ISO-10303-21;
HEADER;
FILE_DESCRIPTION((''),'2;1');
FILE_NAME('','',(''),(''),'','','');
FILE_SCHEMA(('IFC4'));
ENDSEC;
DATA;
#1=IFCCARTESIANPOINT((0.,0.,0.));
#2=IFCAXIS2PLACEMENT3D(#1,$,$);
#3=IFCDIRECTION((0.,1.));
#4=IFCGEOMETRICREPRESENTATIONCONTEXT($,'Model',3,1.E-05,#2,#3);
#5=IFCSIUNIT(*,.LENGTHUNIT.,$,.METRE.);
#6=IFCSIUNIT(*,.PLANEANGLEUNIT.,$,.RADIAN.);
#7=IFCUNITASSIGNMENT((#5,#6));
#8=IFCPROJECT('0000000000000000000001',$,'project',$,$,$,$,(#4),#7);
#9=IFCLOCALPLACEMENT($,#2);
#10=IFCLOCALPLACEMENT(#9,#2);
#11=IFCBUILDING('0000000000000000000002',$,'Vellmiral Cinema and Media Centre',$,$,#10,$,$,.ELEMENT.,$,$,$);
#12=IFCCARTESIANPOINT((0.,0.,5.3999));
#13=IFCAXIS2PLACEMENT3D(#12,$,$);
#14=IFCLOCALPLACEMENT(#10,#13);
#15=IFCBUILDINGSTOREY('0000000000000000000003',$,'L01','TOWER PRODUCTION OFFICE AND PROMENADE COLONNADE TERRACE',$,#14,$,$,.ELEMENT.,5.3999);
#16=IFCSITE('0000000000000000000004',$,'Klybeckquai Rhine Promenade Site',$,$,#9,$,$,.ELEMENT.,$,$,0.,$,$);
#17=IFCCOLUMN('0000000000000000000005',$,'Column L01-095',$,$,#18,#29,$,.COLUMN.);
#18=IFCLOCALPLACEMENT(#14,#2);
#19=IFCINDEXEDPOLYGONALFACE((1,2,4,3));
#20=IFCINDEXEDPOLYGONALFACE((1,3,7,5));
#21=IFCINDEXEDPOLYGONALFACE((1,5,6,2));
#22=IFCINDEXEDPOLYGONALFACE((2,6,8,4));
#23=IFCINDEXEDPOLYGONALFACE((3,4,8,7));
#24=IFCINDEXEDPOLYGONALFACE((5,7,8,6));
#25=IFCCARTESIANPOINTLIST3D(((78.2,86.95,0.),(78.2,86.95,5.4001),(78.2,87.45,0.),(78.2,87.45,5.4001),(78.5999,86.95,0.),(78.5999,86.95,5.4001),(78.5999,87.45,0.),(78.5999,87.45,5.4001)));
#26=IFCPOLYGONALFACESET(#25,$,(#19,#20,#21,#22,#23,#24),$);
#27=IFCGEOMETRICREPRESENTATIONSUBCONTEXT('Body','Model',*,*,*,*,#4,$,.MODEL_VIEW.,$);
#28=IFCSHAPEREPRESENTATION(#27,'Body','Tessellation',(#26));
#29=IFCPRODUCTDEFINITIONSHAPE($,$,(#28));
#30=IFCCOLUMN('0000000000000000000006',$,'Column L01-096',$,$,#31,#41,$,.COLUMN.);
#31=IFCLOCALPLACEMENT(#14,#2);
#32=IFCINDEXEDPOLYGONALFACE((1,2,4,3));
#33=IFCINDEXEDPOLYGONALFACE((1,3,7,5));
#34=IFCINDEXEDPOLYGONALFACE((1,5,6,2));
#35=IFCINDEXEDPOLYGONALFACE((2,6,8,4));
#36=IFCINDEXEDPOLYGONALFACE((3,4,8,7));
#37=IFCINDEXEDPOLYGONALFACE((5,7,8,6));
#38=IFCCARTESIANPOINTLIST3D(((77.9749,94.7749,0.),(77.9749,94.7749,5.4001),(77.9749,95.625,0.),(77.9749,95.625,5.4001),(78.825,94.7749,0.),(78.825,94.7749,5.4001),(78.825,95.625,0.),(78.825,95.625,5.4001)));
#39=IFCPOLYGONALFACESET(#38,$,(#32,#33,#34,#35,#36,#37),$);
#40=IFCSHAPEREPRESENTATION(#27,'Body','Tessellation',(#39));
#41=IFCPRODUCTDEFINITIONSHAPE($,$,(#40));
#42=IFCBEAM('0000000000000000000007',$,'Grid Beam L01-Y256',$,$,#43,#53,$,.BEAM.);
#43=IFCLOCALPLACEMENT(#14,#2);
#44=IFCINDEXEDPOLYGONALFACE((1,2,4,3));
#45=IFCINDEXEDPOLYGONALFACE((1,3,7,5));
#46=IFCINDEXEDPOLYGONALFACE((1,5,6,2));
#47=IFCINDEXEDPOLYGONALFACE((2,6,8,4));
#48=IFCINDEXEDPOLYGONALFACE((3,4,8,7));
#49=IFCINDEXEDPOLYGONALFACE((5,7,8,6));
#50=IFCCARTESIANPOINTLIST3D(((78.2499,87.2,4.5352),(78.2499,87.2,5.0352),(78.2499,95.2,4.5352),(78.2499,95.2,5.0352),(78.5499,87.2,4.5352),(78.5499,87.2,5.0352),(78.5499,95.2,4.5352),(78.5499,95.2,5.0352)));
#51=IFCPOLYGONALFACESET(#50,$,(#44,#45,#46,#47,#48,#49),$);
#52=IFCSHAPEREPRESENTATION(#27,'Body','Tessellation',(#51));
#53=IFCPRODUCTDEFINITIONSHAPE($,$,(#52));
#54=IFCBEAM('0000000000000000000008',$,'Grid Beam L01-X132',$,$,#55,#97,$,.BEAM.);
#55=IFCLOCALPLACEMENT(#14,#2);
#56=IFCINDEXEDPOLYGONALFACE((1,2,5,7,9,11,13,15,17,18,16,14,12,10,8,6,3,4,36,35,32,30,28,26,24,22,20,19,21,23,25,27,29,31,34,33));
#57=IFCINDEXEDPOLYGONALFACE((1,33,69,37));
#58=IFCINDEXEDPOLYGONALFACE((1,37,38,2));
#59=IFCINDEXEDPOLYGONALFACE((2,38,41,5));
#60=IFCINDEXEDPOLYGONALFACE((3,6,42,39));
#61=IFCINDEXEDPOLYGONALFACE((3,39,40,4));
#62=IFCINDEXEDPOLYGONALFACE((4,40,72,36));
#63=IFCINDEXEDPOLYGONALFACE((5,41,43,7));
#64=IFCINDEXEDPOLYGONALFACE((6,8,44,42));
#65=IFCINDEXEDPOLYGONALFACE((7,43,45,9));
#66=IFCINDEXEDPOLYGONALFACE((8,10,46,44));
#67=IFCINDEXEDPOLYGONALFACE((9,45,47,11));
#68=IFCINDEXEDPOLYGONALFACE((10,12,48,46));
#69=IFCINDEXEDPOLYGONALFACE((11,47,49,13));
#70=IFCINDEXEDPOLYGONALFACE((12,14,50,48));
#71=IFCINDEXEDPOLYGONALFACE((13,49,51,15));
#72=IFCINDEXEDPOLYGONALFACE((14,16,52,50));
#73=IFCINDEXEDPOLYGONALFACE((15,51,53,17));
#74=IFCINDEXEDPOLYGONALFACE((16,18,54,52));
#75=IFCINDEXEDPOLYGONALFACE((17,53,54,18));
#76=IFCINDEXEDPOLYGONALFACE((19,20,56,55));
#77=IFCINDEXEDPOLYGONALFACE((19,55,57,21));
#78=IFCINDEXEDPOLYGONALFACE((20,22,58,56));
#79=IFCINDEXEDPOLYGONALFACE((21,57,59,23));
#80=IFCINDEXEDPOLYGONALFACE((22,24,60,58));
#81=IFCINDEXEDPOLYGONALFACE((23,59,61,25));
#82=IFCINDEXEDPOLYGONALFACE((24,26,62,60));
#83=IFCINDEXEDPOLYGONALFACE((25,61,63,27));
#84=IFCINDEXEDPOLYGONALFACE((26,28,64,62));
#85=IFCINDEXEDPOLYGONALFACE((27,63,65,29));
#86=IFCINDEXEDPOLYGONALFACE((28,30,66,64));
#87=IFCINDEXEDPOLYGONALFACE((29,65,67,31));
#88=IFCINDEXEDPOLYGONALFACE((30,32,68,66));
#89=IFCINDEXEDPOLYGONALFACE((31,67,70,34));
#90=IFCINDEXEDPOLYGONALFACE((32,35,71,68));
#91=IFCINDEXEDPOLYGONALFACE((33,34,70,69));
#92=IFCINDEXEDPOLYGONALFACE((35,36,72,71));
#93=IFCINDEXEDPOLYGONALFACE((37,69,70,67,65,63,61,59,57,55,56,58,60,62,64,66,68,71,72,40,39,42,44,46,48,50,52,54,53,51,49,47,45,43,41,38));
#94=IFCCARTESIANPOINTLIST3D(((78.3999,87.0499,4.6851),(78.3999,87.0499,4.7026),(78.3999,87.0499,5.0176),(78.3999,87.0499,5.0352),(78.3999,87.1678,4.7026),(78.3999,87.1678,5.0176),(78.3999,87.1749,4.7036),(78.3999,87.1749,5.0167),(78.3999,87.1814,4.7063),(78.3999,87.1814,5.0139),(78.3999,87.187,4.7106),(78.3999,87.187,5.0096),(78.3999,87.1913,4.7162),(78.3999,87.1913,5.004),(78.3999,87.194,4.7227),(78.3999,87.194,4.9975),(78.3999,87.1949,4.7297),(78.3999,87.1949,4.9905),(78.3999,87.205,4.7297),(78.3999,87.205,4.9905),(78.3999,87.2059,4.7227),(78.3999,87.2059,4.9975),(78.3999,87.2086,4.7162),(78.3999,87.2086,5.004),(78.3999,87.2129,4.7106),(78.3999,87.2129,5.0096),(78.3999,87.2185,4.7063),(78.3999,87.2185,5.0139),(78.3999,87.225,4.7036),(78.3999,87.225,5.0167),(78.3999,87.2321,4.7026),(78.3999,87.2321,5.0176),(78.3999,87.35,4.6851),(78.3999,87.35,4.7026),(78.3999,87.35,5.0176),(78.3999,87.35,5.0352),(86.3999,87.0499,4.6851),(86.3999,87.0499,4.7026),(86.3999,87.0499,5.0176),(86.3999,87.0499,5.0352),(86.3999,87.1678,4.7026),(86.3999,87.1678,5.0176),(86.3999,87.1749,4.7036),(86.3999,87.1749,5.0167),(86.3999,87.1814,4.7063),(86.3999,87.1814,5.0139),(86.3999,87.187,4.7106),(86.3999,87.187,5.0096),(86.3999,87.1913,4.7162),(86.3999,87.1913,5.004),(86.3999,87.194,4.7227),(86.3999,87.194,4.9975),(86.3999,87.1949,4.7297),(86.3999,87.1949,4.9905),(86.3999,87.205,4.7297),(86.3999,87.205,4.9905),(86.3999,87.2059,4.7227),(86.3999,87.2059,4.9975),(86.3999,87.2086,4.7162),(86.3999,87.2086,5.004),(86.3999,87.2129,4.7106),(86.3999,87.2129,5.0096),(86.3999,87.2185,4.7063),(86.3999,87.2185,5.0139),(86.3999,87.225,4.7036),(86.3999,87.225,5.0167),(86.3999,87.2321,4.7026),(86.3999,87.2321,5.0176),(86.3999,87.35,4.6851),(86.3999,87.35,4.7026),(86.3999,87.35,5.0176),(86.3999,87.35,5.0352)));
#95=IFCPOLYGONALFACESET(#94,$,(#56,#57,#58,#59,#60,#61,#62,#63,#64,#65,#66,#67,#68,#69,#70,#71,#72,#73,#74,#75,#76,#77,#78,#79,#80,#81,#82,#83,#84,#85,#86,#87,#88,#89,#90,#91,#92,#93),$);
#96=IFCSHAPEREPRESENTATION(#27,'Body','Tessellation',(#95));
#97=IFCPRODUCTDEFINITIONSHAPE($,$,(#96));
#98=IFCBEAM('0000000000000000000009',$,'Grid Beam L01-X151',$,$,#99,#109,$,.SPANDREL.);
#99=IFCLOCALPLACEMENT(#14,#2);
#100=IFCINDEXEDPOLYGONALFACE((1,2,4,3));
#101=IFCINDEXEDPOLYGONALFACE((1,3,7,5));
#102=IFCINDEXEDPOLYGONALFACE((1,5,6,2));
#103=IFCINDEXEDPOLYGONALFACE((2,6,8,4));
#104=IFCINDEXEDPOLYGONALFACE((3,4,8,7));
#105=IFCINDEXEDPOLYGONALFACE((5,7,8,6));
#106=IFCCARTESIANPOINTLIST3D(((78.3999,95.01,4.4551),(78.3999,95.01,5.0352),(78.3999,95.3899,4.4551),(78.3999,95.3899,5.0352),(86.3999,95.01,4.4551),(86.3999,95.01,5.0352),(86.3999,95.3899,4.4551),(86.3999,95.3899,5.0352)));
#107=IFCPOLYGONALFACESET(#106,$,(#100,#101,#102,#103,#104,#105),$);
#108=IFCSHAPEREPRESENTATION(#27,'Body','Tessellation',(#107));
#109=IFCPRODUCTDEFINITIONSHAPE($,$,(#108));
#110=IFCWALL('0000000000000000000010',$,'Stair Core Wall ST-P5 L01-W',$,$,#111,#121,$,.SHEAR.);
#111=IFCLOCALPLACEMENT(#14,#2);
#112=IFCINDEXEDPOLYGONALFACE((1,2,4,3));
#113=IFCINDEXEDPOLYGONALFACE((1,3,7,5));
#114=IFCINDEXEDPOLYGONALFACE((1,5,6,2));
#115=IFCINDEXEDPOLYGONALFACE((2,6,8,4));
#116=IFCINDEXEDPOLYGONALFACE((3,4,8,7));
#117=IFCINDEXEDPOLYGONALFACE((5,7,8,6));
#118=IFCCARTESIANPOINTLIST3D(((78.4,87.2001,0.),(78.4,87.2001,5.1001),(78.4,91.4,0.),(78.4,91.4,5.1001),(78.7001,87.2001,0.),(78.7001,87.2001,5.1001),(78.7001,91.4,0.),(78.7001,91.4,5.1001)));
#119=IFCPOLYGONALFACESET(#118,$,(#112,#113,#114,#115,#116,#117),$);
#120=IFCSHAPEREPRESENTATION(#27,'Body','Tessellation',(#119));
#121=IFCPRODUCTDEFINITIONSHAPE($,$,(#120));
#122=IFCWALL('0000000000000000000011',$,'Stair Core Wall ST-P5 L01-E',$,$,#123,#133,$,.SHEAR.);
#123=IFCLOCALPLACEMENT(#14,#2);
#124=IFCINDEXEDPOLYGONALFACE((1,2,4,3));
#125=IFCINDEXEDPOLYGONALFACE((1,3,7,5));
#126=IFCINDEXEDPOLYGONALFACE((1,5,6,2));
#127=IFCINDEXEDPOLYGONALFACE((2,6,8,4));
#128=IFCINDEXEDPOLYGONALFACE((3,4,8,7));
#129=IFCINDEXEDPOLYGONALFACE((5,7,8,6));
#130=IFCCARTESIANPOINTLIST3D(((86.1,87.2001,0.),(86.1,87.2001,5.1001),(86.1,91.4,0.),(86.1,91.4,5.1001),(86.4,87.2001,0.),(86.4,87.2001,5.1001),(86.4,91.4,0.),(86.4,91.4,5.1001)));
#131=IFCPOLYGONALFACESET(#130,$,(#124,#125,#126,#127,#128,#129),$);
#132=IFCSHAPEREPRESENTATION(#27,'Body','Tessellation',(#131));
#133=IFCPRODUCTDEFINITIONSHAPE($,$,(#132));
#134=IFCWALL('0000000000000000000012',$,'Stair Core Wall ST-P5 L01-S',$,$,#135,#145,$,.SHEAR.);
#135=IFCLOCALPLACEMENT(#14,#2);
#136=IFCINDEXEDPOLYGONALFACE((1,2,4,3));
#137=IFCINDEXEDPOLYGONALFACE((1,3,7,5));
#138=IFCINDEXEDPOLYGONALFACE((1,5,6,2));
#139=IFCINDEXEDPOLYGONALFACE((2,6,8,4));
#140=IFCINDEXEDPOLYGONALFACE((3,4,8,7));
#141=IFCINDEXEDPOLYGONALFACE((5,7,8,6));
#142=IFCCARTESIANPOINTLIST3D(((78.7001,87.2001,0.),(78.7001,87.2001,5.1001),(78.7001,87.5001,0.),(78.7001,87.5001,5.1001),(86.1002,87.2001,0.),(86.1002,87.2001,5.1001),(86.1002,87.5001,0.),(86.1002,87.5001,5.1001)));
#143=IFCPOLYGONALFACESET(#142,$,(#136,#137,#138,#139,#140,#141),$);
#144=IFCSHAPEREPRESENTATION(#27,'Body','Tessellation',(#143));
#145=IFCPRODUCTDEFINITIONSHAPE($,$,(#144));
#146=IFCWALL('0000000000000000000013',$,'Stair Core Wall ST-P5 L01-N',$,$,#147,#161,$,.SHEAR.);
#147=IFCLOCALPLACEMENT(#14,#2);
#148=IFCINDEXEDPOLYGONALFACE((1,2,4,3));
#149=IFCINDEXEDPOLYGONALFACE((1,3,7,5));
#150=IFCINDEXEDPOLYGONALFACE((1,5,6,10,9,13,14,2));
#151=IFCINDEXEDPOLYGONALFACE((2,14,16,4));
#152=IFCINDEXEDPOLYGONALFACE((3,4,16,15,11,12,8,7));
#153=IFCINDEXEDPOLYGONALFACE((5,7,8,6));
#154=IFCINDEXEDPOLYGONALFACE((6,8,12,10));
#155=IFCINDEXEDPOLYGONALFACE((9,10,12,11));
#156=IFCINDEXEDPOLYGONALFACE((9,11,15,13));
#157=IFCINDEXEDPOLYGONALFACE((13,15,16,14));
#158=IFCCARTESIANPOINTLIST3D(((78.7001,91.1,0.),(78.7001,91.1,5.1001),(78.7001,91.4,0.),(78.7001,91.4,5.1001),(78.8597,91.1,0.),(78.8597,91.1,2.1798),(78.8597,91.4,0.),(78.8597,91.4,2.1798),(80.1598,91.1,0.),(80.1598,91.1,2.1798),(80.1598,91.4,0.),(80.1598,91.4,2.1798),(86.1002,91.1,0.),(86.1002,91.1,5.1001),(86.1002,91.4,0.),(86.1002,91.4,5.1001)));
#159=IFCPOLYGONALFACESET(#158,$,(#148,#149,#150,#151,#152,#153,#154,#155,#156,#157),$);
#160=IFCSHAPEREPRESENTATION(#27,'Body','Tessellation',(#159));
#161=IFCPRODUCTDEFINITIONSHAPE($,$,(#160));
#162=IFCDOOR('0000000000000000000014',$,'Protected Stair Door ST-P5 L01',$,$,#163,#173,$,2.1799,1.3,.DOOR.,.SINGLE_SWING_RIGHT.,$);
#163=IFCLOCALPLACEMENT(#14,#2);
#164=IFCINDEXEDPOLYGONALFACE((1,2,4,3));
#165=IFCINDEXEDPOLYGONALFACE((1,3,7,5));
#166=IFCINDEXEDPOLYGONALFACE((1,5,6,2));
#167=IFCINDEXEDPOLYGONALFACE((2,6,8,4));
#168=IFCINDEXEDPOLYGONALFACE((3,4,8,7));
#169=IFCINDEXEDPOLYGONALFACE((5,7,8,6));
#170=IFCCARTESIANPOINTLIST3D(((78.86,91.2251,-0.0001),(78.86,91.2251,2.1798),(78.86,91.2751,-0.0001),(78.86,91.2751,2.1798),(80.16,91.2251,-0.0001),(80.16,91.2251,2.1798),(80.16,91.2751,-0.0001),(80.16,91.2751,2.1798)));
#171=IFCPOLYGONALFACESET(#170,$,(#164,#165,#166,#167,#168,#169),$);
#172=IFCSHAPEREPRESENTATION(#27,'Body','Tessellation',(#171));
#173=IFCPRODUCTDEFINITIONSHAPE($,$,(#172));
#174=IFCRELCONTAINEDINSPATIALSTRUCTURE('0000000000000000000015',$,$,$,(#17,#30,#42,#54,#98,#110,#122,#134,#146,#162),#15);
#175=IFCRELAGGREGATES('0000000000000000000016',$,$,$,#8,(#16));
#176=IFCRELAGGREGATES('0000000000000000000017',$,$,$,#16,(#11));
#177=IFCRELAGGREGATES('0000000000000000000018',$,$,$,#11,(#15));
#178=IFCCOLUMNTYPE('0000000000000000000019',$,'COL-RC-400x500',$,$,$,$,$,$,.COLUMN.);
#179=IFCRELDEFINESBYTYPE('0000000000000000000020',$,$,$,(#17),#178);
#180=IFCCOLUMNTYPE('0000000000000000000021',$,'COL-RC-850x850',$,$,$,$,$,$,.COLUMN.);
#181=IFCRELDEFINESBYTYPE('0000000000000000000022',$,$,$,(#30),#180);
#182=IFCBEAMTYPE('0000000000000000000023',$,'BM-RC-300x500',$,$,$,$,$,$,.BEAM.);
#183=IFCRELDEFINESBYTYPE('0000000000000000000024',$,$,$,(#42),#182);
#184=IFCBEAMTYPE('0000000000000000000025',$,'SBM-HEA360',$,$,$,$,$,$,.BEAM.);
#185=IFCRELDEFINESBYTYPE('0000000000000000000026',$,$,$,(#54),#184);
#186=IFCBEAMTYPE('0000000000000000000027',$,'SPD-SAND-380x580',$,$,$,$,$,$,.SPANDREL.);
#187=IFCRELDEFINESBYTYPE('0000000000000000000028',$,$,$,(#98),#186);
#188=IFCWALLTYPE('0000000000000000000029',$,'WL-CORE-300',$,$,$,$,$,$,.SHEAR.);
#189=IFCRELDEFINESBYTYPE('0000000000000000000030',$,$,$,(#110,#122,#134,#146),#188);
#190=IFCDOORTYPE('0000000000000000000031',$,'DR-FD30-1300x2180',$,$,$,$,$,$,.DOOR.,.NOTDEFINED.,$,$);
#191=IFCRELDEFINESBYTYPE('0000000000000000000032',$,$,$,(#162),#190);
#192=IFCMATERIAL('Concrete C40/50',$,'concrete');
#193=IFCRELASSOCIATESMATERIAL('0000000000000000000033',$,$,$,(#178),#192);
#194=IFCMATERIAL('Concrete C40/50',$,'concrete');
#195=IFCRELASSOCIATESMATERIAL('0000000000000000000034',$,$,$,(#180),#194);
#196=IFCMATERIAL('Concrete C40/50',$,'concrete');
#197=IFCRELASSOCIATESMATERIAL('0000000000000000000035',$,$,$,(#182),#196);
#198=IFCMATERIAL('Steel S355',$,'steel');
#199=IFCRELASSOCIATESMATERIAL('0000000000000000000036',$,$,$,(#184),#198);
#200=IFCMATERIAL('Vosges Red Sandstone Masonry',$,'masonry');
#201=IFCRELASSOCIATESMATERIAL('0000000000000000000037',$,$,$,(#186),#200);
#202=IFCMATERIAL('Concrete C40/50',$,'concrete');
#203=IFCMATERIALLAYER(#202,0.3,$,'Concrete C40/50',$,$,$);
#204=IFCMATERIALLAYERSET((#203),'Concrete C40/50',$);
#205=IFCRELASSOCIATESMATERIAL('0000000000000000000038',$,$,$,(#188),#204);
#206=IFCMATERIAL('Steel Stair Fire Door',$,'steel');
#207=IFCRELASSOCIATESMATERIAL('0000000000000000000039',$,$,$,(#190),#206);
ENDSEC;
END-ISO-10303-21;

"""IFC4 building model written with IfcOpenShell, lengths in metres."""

from ifc_helpers import new_model, si_unit, direction, frame, frame_2d, origin, origin_2d, place, context, subcontext, project, spatial, rectangle, i_section, extrude, material, layer, layer_set, material_profile, profile_set, type_object, element, fill, save


model = new_model("IFC4")

# Units and contexts
model_context = context("Model", 3, precision=1e-05, world=origin(), true_north=direction((0.0, 1.0)))
body_context = subcontext(model_context, "Body", "Model", "MODEL_VIEW")
ifc_project = project(units=[si_unit("LENGTHUNIT", "METRE"), si_unit("PLANEANGLEUNIT", "RADIAN")], contexts=[model_context])

# Site, building, storey
site_placement = place(None, origin())
site = spatial("IfcSite", under=ifc_project, at=site_placement, Name="Klybeckquai Rhine Promenade Site", CompositionType="ELEMENT", RefElevation=0.0)
building_placement = place(site_placement, origin())
building = spatial("IfcBuilding", under=site, at=building_placement, Name="Vellmiral Cinema and Media Centre", CompositionType="ELEMENT")
storey_placement = place(building_placement, frame((0.0, 0.0, 5.3999)))
storey = spatial("IfcBuildingStorey", under=building, at=storey_placement, Name="L01", Description="TOWER PRODUCTION OFFICE AND PROMENADE COLONNADE TERRACE", CompositionType="ELEMENT", Elevation=5.3999)

# Columns
ifc_material_1 = material(Name="Concrete C40/50", Category="concrete")
ifc_material_profile_1 = material_profile(ifc_material_1, rectangle(XDim=0.3999, YDim=0.5, at=origin_2d()), Name="RC 400x500")
ifc_profile_set_1 = profile_set([ifc_material_profile_1], Name="Concrete C40/50")
column_type_1 = type_object("IfcColumnType", Name="COL-RC-400x500", PredefinedType="COLUMN", material=ifc_profile_set_1)
column_1_placement = place(storey_placement, frame((78.3999, 87.2, 0.0), z_axis=(0.0, 0.0, 1.0), x_axis=(1.0, 0.0, 0.0)))
element("IfcColumn", 1, at=column_1_placement, inside=storey, type_object=column_type_1, Name="Column L01-095", PredefinedType="COLUMN", context=body_context, shape_type="SweptSolid", body=[
    extrude(rectangle(XDim=0.3999, YDim=0.5, at=origin_2d()), origin(), (0.0, 0.0, 1.0), 5.4001),
])
ifc_material_2 = material(Name="Concrete C40/50", Category="concrete")
ifc_material_profile_2 = material_profile(ifc_material_2, rectangle(XDim=0.8501, YDim=0.8501, at=origin_2d()), Name="RC 850x850")
ifc_profile_set_2 = profile_set([ifc_material_profile_2], Name="Concrete C40/50")
column_type_2 = type_object("IfcColumnType", Name="COL-RC-850x850", PredefinedType="COLUMN", material=ifc_profile_set_2)
column_2_placement = place(storey_placement, frame((78.3999, 95.2, 0.0), z_axis=(0.0, 0.0, 1.0), x_axis=(1.0, 0.0, 0.0)))
element("IfcColumn", 2, at=column_2_placement, inside=storey, type_object=column_type_2, Name="Column L01-096", PredefinedType="COLUMN", context=body_context, shape_type="SweptSolid", body=[
    extrude(rectangle(XDim=0.8501, YDim=0.8501, at=origin_2d()), origin(), (0.0, 0.0, 1.0), 5.4001),
])

# Beams
ifc_material_3 = material(Name="Concrete C40/50", Category="concrete")
ifc_material_profile_3 = material_profile(ifc_material_3, rectangle(XDim=0.3, YDim=0.5, at=origin_2d()), Name="RC 300x500")
ifc_profile_set_3 = profile_set([ifc_material_profile_3], Name="Concrete C40/50")
beam_type_1 = type_object("IfcBeamType", Name="BM-RC-300x500", PredefinedType="BEAM", material=ifc_profile_set_3)
beam_1_placement = place(storey_placement, frame((78.3999, 87.2, 4.7852), z_axis=(0.0, 1.0, 0.0), x_axis=(-1.0, 0.0, 0.0)))
element("IfcBeam", 3, at=beam_1_placement, inside=storey, type_object=beam_type_1, Name="Grid Beam L01-Y256", PredefinedType="BEAM", context=body_context, shape_type="SweptSolid", body=[
    extrude(rectangle(XDim=0.3, YDim=0.5, at=origin_2d()), origin(), (0.0, 0.0, 1.0), 8.0),
])
ifc_material_4 = material(Name="Steel S355", Category="steel")
ifc_material_profile_4 = material_profile(ifc_material_4, i_section(OverallWidth=0.3, OverallDepth=0.3501, WebThickness=0.01, FlangeThickness=0.0176, FilletRadius=0.0271, at=origin_2d()), Name="HEA 360")
ifc_profile_set_4 = profile_set([ifc_material_profile_4], Name="Steel S355")
beam_type_2 = type_object("IfcBeamType", Name="SBM-HEA360", PredefinedType="BEAM", material=ifc_profile_set_4)
beam_2_placement = place(storey_placement, frame((78.3999, 87.2, 4.8601), z_axis=(1.0, 0.0, 0.0), x_axis=(0.0, 1.0, 0.0)))
element("IfcBeam", 4, at=beam_2_placement, inside=storey, type_object=beam_type_2, Name="Grid Beam L01-X132", PredefinedType="BEAM", context=body_context, shape_type="SweptSolid", body=[
    extrude(i_section(OverallWidth=0.3, OverallDepth=0.3501, WebThickness=0.01, FlangeThickness=0.0176, FilletRadius=0.0271, at=origin_2d()), origin(), (0.0, 0.0, 1.0), 8.0),
])
ifc_material_5 = material(Name="Vosges Red Sandstone Masonry", Category="masonry")
ifc_material_profile_5 = material_profile(ifc_material_5, rectangle(XDim=0.3799, YDim=0.5801, at=origin_2d()), Name="SAND 380x580")
ifc_profile_set_5 = profile_set([ifc_material_profile_5], Name="Vosges Red Sandstone Masonry")
beam_type_3 = type_object("IfcBeamType", Name="SPD-SAND-380x580", PredefinedType="SPANDREL", material=ifc_profile_set_5)
beam_3_placement = place(storey_placement, frame((78.3999, 95.2, 4.7451), z_axis=(1.0, 0.0, 0.0), x_axis=(0.0, 1.0, 0.0)))
element("IfcBeam", 5, at=beam_3_placement, inside=storey, type_object=beam_type_3, Name="Grid Beam L01-X151", PredefinedType="SPANDREL", context=body_context, shape_type="SweptSolid", body=[
    extrude(rectangle(XDim=0.3799, YDim=0.5801, at=origin_2d()), origin(), (0.0, 0.0, 1.0), 8.0),
])

# Walls
ifc_material_6 = material(Name="Concrete C40/50", Category="concrete")
ifc_layer_1 = layer(ifc_material_6, 0.3, Name="Concrete C40/50")
ifc_layer_set_1 = layer_set([ifc_layer_1], Name="Concrete C40/50")
wall_type_1 = type_object("IfcWallType", Name="WL-CORE-300", PredefinedType="SHEAR", material=ifc_layer_set_1)
for number, where, z_axis, x_axis, name in (
    (6, (78.55, 87.2, 0.0), (0.0, 0.0, 1.0), (0.0, 1.0, 0.0), "Stair Core Wall ST-P5 L01-W"),
    (7, (86.25, 87.2, 0.0), (0.0, 0.0, 1.0), (0.0, 1.0, 0.0), "Stair Core Wall ST-P5 L01-E"),
):
    element("IfcWall", number, at=place(storey_placement, frame(where, z_axis=z_axis, x_axis=x_axis)), inside=storey, type_object=wall_type_1, Name=name, PredefinedType="SHEAR", context=body_context, shape_type="SweptSolid", body=[
        extrude(rectangle(XDim=4.2, YDim=0.3, at=frame_2d((2.1001, 0.0))), origin(), (0.0, 0.0, 1.0), 5.1001),
    ])
wall_1_placement = place(storey_placement, frame((78.7, 87.3501, 0.0), z_axis=(0.0, 0.0, 1.0), x_axis=(1.0, 0.0, 0.0)))
element("IfcWall", 8, at=wall_1_placement, inside=storey, type_object=wall_type_1, Name="Stair Core Wall ST-P5 L01-S", PredefinedType="SHEAR", context=body_context, shape_type="SweptSolid", body=[
    extrude(rectangle(XDim=7.4001, YDim=0.3, at=frame_2d((3.7002, 0.0))), origin(), (0.0, 0.0, 1.0), 5.1001),
])

# Wall, opening, door
wall_2_placement = place(storey_placement, frame((78.7, 91.25, 0.0), z_axis=(0.0, 0.0, 1.0), x_axis=(1.0, 0.0, 0.0)))
wall_2 = element("IfcWall", 9, at=wall_2_placement, inside=storey, type_object=wall_type_1, Name="Stair Core Wall ST-P5 L01-N", PredefinedType="SHEAR", context=body_context, shape_type="SweptSolid", body=[
    extrude(rectangle(XDim=7.4001, YDim=0.3, at=frame_2d((3.7002, 0.0))), origin(), (0.0, 0.0, 1.0), 5.1001),
])
opening_1_placement = place(wall_2_placement, frame((0.1599, 0.0, 0.0)))
opening_1 = element("IfcOpeningElement", 10, at=opening_1_placement, cuts=wall_2, PredefinedType="OPENING", context=body_context, shape_type="SweptSolid", body=[
    extrude(rectangle(XDim=1.3, YDim=2.1799, at=frame_2d((0.6499, 1.0898))), frame((0.0, 0.1621, 0.0), z_axis=(0.0, -1.0, 0.0), x_axis=(1.0, 0.0, 0.0)), (0.0, 0.0, 1.0), 0.324),
])
ifc_material_7 = material(Name="Steel Stair Fire Door", Category="steel")
door_type_1 = type_object("IfcDoorType", Name="DR-FD30-1300x2180", OperationType="NOTDEFINED", PredefinedType="DOOR", material=ifc_material_7)
door_1_placement = place(opening_1_placement, frame((1.3, 0.0, 0.0), z_axis=(0.0, 0.0, 1.0), x_axis=(-1.0, 0.0, 0.0)))
door_1 = element("IfcDoor", 11, at=door_1_placement, inside=storey, type_object=door_type_1, Name="Protected Stair Door ST-P5 L01", OperationType="SINGLE_SWING_RIGHT", OverallHeight=2.1799, OverallWidth=1.3, PredefinedType="DOOR", context=body_context, shape_type="SweptSolid", body=[
    extrude(rectangle(XDim=1.3, YDim=2.1799, at=frame_2d((0.6499, 1.0898))), frame((0.0, 0.0249, 0.0), z_axis=(0.0, -1.0, 0.0), x_axis=(1.0, 0.0, 0.0)), (0.0, 0.0, 1.0), 0.05),
])
fill(opening_1, door_1)

save(model, "model.ifc")
